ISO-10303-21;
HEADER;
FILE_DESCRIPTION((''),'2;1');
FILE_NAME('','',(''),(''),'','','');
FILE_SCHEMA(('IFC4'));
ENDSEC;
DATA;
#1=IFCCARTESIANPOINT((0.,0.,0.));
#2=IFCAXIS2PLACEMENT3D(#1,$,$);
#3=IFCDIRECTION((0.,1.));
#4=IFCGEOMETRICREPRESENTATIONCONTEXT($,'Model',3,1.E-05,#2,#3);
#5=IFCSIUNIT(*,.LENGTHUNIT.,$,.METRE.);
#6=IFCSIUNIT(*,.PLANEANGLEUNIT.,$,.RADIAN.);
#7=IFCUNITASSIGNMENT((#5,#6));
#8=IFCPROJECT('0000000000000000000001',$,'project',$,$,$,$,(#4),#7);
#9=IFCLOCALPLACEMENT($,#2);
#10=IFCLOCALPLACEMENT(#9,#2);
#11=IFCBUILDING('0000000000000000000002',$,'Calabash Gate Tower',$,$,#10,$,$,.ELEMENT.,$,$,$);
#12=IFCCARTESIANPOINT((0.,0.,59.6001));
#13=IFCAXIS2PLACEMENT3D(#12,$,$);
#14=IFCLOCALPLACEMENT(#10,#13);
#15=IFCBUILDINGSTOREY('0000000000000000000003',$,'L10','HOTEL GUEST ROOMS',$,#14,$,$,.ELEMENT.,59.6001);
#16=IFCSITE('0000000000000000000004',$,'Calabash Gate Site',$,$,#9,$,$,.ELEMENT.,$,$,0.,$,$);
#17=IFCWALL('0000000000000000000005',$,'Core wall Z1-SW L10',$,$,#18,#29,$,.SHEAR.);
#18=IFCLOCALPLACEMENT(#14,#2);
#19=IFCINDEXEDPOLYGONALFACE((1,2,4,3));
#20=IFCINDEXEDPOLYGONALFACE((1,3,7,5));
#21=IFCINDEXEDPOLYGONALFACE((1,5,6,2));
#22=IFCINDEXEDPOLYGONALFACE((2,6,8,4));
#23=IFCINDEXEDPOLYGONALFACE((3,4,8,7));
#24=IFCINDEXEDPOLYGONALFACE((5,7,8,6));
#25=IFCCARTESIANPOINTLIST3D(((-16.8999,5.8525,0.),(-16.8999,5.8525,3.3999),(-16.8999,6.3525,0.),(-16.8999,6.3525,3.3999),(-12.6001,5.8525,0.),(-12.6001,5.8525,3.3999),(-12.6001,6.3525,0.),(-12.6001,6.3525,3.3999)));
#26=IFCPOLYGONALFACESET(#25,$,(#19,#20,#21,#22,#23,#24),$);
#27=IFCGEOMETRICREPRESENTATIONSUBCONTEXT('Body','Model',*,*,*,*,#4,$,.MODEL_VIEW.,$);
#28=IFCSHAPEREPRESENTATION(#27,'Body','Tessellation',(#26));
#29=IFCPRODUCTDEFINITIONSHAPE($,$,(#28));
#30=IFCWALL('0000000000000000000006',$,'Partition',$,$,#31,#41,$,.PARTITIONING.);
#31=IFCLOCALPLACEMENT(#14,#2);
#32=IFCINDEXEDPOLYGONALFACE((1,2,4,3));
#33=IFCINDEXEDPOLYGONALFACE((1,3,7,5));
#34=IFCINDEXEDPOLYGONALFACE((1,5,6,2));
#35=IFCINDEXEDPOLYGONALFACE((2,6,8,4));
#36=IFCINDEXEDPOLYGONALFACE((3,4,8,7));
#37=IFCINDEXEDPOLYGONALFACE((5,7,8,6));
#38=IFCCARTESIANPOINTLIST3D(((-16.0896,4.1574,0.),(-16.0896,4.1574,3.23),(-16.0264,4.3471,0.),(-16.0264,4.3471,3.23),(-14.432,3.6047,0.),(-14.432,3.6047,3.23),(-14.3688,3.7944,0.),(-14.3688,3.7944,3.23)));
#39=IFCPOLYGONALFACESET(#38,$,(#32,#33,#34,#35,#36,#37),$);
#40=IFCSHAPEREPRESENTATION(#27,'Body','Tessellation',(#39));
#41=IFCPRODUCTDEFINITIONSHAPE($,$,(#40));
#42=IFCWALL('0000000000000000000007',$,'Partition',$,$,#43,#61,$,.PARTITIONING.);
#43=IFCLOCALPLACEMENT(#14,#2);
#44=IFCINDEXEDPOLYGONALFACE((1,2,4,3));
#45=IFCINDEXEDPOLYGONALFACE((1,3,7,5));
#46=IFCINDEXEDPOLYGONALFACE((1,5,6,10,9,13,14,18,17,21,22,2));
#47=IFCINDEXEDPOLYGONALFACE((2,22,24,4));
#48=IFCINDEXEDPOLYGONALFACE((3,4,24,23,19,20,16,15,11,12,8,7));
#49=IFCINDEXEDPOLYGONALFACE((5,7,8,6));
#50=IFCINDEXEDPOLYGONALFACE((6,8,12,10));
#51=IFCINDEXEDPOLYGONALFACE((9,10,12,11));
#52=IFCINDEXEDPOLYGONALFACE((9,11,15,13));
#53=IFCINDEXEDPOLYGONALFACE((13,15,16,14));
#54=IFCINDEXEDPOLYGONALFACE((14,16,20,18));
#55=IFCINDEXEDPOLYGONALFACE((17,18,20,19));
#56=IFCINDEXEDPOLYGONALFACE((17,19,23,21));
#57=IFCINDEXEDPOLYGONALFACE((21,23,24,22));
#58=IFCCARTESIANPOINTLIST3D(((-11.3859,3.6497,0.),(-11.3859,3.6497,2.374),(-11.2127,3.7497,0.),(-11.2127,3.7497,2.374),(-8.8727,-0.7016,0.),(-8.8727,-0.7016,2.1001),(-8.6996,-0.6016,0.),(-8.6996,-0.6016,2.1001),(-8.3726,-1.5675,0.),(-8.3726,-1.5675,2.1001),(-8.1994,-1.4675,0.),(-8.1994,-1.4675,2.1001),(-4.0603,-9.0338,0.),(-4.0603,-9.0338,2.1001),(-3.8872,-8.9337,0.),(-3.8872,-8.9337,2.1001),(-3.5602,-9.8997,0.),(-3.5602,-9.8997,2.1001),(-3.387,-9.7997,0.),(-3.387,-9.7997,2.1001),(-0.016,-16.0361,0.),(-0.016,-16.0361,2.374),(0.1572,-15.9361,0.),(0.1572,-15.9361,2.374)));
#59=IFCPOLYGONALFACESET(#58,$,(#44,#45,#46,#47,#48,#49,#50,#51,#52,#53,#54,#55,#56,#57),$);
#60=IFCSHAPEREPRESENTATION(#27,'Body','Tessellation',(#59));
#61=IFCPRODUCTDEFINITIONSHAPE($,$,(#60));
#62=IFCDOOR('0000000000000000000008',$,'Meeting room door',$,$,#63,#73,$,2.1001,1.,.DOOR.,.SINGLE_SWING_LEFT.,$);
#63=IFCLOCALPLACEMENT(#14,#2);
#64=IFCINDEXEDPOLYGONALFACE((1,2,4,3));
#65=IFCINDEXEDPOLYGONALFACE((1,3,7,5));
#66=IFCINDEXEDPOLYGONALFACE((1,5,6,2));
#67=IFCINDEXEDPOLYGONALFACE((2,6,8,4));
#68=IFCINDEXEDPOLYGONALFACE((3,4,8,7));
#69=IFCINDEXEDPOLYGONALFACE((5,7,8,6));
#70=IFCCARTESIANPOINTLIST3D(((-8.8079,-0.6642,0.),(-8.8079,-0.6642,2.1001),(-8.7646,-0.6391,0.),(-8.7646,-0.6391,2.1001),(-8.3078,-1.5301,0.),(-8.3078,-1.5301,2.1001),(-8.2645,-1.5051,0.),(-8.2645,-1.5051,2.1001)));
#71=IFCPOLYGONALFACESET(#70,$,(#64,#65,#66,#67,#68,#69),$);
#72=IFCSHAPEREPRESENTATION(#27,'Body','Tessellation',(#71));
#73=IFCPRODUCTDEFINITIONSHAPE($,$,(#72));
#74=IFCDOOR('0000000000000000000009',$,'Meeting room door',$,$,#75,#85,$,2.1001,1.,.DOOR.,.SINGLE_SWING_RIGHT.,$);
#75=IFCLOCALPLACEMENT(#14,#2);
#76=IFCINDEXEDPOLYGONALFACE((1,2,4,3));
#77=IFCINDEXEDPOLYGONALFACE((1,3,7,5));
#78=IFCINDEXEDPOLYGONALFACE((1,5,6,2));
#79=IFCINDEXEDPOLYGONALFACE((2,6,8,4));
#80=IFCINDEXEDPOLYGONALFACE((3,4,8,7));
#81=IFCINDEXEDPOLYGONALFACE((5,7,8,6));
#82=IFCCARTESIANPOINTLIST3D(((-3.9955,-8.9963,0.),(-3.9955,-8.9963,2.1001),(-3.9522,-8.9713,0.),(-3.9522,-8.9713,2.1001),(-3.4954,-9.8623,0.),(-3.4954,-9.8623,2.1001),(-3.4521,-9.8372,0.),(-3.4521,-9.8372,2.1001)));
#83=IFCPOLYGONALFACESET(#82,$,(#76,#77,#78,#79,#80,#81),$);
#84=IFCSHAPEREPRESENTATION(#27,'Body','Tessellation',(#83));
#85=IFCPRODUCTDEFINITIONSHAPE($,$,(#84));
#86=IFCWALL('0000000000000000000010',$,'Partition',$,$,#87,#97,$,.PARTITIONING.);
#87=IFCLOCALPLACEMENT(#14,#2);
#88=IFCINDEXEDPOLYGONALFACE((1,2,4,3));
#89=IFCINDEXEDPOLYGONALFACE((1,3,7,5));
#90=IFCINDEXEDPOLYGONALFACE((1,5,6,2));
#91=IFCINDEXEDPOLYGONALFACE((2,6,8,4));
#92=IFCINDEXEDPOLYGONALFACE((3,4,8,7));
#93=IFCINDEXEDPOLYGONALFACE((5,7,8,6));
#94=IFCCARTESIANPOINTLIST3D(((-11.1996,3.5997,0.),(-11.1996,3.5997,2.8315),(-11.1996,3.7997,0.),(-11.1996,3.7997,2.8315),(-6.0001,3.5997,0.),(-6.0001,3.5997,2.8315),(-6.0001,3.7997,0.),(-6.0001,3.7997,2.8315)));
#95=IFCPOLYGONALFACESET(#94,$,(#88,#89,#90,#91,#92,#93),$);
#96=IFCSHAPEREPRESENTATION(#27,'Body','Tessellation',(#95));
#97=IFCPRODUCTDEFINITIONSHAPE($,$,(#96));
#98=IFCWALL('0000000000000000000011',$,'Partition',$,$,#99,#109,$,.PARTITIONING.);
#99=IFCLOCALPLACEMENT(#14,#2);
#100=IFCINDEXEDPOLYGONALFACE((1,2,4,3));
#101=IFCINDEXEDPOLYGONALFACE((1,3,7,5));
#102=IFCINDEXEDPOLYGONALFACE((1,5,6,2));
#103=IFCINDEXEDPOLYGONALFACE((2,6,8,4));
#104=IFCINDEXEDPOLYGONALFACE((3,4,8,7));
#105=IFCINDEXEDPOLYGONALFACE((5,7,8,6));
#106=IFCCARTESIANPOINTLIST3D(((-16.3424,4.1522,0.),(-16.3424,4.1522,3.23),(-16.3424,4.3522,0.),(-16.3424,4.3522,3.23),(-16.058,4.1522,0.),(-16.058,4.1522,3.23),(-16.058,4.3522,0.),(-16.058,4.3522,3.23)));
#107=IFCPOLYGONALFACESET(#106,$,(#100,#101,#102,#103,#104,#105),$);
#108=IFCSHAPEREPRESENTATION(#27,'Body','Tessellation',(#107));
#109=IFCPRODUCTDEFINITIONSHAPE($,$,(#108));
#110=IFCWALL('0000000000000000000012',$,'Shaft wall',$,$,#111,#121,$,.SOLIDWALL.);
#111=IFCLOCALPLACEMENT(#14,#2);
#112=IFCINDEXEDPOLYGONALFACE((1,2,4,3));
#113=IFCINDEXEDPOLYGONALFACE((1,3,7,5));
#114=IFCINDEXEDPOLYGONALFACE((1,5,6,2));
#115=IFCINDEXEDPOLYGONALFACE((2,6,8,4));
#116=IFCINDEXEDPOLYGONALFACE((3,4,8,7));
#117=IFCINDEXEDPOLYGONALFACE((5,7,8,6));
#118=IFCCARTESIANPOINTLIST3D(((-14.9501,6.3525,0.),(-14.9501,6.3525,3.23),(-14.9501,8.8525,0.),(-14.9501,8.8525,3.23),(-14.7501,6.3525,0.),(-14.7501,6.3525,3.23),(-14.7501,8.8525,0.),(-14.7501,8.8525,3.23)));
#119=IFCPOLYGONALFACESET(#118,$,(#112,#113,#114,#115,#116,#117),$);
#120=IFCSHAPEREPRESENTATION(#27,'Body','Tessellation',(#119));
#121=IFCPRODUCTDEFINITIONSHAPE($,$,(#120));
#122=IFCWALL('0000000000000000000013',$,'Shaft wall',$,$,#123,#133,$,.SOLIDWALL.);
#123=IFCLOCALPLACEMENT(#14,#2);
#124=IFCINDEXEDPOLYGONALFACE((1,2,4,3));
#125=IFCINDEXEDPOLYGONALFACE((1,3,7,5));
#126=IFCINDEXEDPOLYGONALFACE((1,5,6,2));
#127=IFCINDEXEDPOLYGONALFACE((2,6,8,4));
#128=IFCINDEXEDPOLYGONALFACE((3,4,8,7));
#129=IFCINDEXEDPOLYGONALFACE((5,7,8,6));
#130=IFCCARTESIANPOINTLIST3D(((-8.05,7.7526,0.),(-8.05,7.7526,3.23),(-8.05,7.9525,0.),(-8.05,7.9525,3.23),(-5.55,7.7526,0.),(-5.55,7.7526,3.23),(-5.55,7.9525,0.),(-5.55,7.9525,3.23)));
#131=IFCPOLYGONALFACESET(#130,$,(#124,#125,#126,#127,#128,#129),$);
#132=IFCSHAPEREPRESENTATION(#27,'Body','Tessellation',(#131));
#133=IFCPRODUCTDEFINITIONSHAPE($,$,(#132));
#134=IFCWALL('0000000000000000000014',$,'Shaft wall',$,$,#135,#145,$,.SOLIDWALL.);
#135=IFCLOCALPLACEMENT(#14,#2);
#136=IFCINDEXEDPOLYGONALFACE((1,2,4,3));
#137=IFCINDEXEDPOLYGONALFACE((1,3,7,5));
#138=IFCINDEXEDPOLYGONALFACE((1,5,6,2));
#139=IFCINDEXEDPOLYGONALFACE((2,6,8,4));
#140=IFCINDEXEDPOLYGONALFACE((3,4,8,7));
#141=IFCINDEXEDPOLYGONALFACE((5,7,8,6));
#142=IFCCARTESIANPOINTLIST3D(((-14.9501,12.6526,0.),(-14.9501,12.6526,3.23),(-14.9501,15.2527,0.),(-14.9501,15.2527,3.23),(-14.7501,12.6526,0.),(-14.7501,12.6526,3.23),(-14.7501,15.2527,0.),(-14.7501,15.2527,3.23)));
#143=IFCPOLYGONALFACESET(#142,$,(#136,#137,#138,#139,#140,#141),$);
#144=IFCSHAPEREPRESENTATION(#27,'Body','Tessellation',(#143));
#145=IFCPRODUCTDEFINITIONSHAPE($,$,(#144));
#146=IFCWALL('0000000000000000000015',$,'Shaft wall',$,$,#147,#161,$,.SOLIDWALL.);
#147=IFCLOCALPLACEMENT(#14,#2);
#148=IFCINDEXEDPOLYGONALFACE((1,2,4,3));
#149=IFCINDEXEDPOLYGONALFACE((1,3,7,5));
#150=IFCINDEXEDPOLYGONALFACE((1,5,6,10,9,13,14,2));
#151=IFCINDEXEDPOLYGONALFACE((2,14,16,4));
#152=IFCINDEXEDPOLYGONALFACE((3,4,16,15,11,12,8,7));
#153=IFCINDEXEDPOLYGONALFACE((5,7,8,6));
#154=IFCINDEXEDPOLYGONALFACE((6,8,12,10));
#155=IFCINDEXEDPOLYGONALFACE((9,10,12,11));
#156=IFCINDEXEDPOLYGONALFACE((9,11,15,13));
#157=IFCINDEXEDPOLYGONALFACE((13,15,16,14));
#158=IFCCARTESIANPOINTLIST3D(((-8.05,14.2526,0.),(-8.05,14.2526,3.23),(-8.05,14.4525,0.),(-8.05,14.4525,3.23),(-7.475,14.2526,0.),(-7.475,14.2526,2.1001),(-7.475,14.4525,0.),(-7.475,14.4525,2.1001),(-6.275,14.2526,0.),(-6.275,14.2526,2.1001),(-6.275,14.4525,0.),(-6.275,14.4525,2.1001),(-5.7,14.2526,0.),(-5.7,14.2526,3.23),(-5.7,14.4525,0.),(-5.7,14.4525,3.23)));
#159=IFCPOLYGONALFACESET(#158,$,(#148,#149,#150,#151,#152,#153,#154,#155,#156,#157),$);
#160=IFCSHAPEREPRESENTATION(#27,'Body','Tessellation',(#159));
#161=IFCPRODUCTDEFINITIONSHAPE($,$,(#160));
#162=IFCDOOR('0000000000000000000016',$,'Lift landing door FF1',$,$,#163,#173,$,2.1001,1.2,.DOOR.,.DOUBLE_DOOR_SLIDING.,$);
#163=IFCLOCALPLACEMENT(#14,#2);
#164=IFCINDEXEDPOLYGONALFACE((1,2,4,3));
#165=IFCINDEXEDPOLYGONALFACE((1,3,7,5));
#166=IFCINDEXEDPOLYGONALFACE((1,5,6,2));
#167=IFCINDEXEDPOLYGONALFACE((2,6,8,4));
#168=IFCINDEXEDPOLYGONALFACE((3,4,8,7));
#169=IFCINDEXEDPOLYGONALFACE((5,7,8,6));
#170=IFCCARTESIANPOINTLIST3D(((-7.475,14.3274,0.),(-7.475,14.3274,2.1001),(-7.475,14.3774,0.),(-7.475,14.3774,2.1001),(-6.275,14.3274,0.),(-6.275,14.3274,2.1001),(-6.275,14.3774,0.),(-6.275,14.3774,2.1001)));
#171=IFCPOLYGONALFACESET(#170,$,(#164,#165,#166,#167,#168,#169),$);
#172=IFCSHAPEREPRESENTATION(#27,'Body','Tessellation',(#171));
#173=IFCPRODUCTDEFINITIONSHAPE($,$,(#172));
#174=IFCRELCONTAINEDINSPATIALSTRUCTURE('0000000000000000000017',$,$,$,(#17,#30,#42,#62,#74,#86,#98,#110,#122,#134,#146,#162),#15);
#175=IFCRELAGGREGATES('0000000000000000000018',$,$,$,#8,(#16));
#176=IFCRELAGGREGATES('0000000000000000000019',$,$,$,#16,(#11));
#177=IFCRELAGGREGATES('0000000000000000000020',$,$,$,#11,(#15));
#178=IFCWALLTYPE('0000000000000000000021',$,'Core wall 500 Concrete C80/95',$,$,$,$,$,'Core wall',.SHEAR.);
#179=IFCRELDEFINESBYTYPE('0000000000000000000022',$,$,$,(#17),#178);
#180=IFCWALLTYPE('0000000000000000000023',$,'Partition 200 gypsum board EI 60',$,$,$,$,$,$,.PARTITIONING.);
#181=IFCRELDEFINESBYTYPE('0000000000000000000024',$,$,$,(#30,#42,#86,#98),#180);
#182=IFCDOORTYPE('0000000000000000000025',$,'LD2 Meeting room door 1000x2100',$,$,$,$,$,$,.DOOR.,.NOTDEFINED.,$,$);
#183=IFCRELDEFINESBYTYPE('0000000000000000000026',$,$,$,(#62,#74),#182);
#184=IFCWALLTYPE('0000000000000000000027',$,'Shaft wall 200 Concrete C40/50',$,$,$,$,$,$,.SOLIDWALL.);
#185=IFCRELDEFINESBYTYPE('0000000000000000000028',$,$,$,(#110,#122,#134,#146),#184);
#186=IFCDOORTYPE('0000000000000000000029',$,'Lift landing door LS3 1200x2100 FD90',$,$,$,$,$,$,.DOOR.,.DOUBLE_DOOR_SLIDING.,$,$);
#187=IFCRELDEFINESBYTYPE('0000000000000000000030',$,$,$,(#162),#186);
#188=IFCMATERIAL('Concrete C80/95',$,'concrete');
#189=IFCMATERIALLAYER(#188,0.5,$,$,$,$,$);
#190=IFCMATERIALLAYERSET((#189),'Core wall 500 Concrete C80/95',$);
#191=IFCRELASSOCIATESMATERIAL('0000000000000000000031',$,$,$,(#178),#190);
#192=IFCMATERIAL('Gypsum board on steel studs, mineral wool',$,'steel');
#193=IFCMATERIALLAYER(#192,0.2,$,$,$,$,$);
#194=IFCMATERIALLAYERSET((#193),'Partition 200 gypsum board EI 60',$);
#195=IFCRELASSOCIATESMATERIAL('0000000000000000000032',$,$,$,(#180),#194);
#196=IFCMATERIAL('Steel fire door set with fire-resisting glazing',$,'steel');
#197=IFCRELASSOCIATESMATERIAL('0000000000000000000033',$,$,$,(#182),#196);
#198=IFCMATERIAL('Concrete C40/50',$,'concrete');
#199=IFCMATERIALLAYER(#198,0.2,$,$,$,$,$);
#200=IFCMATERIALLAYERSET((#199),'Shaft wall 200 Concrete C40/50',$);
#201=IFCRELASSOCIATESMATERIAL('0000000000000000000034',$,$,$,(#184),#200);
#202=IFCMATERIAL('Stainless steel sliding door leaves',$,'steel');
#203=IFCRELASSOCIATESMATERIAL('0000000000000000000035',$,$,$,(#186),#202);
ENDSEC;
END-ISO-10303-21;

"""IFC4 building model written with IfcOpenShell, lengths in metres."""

from ifc_helpers import new_model, si_unit, direction, frame, frame_2d, origin, place, context, subcontext, project, spatial, rectangle, extrude, material, layer, layer_set, type_object, element, fill, save


model = new_model("IFC4")

# Units and contexts
model_context = context("Model", 3, precision=1e-05, world=origin(), true_north=direction((0.0, 1.0)))
body_context = subcontext(model_context, "Body", "Model", "MODEL_VIEW")
ifc_project = project(units=[si_unit("LENGTHUNIT", "METRE"), si_unit("PLANEANGLEUNIT", "RADIAN")], contexts=[model_context])

# Site, building, storey
site_placement = place(None, origin())
site = spatial("IfcSite", under=ifc_project, at=site_placement, Name="Calabash Gate Site", CompositionType="ELEMENT", RefElevation=0.0)
building_placement = place(site_placement, origin())
building = spatial("IfcBuilding", under=site, at=building_placement, Name="Calabash Gate Tower", CompositionType="ELEMENT")
storey_placement = place(building_placement, frame((0.0, 0.0, 59.6001)))
storey = spatial("IfcBuildingStorey", under=building, at=storey_placement, Name="L10", Description="HOTEL GUEST ROOMS", CompositionType="ELEMENT", Elevation=59.6001)

# Shared definitions
ifc_material_1 = material(Name="Concrete C80/95", Category="concrete")
ifc_layer_1 = layer(ifc_material_1, 0.5)
ifc_layer_set_1 = layer_set([ifc_layer_1], Name="Core wall 500 Concrete C80/95")
wall_type_1 = type_object("IfcWallType", Name="Core wall 500 Concrete C80/95", ElementType="Core wall", PredefinedType="SHEAR", material=ifc_layer_set_1)

# Walls
wall_1_placement = place(storey_placement, frame((-12.6001, 6.1025, 0.0), z_axis=(0.0, 0.0, 1.0), x_axis=(-1.0, 0.0, 0.0)))
element("IfcWall", 1, at=wall_1_placement, inside=storey, type_object=wall_type_1, Name="Core wall Z1-SW L10", PredefinedType="SHEAR", context=body_context, shape_type="SweptSolid", body=[
    extrude(rectangle(XDim=4.2998, YDim=0.5, at=frame_2d((2.1499, 0.0))), origin(), (0.0, 0.0, 1.0), 3.3999),
])
ifc_material_2 = material(Name="Gypsum board on steel studs, mineral wool", Category="steel")
ifc_layer_2 = layer(ifc_material_2, 0.2)
ifc_layer_set_2 = layer_set([ifc_layer_2], Name="Partition 200 gypsum board EI 60")
wall_type_2 = type_object("IfcWallType", Name="Partition 200 gypsum board EI 60", PredefinedType="PARTITIONING", material=ifc_layer_set_2)
wall_2_placement = place(storey_placement, frame((-16.0579, 4.2522, 0.0), z_axis=(0.0, 0.0, 1.0), x_axis=(0.948655, -0.316312, 0.0)))
element("IfcWall", 2, at=wall_2_placement, inside=storey, type_object=wall_type_2, Name="Partition", PredefinedType="PARTITIONING", context=body_context, shape_type="SweptSolid", body=[
    extrude(rectangle(XDim=1.7473, YDim=0.2, at=frame_2d((0.8735, 0.0))), origin(), (0.0, 0.0, 1.0), 3.23),
])

# Wall, openings, doors
wall_3_placement = place(storey_placement, frame((-11.2993, 3.6997, 0.0), z_axis=(0.0, 0.0, 1.0), x_axis=(0.500141, -0.865944, 0.0)))
wall_3 = element("IfcWall", 3, at=wall_3_placement, inside=storey, type_object=wall_type_2, Name="Partition", PredefinedType="PARTITIONING", context=body_context, shape_type="SweptSolid", body=[
    extrude(rectangle(XDim=22.7334, YDim=0.2, at=frame_2d((11.3667, 0.0))), origin(), (0.0, 0.0, 1.0), 2.374),
])
opening_1_placement = place(wall_3_placement, frame((5.0249, 0.0, 0.0)))
opening_1 = element("IfcOpeningElement", 4, at=opening_1_placement, cuts=wall_3, PredefinedType="OPENING", context=body_context, shape_type="SweptSolid", body=[
    extrude(rectangle(XDim=1.0, YDim=2.1001, at=frame_2d((0.5, 1.05))), frame((0.0, 0.1099, 0.0), z_axis=(0.0, -1.0, 0.0), x_axis=(1.0, 0.0, 0.0)), (0.0, 0.0, 1.0), 0.22),
])
opening_2_placement = place(wall_3_placement, frame((14.647, 0.0, 0.0)))
opening_2 = element("IfcOpeningElement", 5, at=opening_2_placement, cuts=wall_3, PredefinedType="OPENING", context=body_context, shape_type="SweptSolid", body=[
    extrude(rectangle(XDim=1.0, YDim=2.1001, at=frame_2d((0.5, 1.05))), frame((0.0, 0.1099, 0.0), z_axis=(0.0, -1.0, 0.0), x_axis=(1.0, 0.0, 0.0)), (0.0, 0.0, 1.0), 0.22),
])
ifc_material_3 = material(Name="Steel fire door set with fire-resisting glazing", Category="steel")
door_type_1 = type_object("IfcDoorType", Name="LD2 Meeting room door 1000x2100", OperationType="NOTDEFINED", PredefinedType="DOOR", material=ifc_material_3)
door_1_placement = place(opening_1_placement, origin())
door_1 = element("IfcDoor", 6, at=door_1_placement, inside=storey, type_object=door_type_1, Name="Meeting room door", OperationType="SINGLE_SWING_LEFT", OverallHeight=2.1001, OverallWidth=1.0, PredefinedType="DOOR", context=body_context, shape_type="SweptSolid", body=[
    extrude(rectangle(XDim=1.0, YDim=2.1001, at=frame_2d((0.5, 1.05))), frame((0.0, 0.0249, 0.0), z_axis=(0.0, -1.0, 0.0), x_axis=(1.0, 0.0, 0.0)), (0.0, 0.0, 1.0), 0.05),
])
fill(opening_1, door_1)
door_2_placement = place(opening_2_placement, origin())
door_2 = element("IfcDoor", 7, at=door_2_placement, inside=storey, type_object=door_type_1, Name="Meeting room door", OperationType="SINGLE_SWING_RIGHT", OverallHeight=2.1001, OverallWidth=1.0, PredefinedType="DOOR", context=body_context, shape_type="SweptSolid", body=[
    extrude(rectangle(XDim=1.0, YDim=2.1001, at=frame_2d((0.5, 1.05))), frame((0.0, 0.0249, 0.0), z_axis=(0.0, -1.0, 0.0), x_axis=(1.0, 0.0, 0.0)), (0.0, 0.0, 1.0), 0.05),
])
fill(opening_2, door_2)

# Walls
wall_4_placement = place(storey_placement, frame((-11.1995, 3.6997, 0.0), z_axis=(0.0, 0.0, 1.0), x_axis=(1.0, 0.0, 0.0)))
element("IfcWall", 8, at=wall_4_placement, inside=storey, type_object=wall_type_2, Name="Partition", PredefinedType="PARTITIONING", context=body_context, shape_type="SweptSolid", body=[
    extrude(rectangle(XDim=5.1995, YDim=0.2, at=frame_2d((2.5996, 0.0))), origin(), (0.0, 0.0, 1.0), 2.8315),
])
wall_5_placement = place(storey_placement, frame((-16.3423, 4.2522, 0.0), z_axis=(0.0, 0.0, 1.0), x_axis=(1.0, 0.0, 0.0)))
element("IfcWall", 9, at=wall_5_placement, inside=storey, type_object=wall_type_2, Name="Partition", PredefinedType="PARTITIONING", context=body_context, shape_type="SweptSolid", body=[
    extrude(rectangle(XDim=0.2844, YDim=0.2, at=frame_2d((0.1421, 0.0))), origin(), (0.0, 0.0, 1.0), 3.23),
])
ifc_material_4 = material(Name="Concrete C40/50", Category="concrete")
ifc_layer_3 = layer(ifc_material_4, 0.2)
ifc_layer_set_3 = layer_set([ifc_layer_3], Name="Shaft wall 200 Concrete C40/50")
wall_type_3 = type_object("IfcWallType", Name="Shaft wall 200 Concrete C40/50", PredefinedType="SOLIDWALL", material=ifc_layer_set_3)
for number, where, z_axis, x_axis, name in (
    (10, (-14.8501, 6.3525, 0.0), (0.0, 0.0, 1.0), (0.0, 1.0, 0.0), "Shaft wall"),
    (11, (-8.05, 7.8525, 0.0), (0.0, 0.0, 1.0), (1.0, 0.0, 0.0), "Shaft wall"),
):
    element("IfcWall", number, at=place(storey_placement, frame(where, z_axis=z_axis, x_axis=x_axis)), inside=storey, type_object=wall_type_3, Name=name, PredefinedType="SOLIDWALL", context=body_context, shape_type="SweptSolid", body=[
        extrude(rectangle(XDim=2.5, YDim=0.2, at=frame_2d((1.25, 0.0))), origin(), (0.0, 0.0, 1.0), 3.23),
    ])
wall_6_placement = place(storey_placement, frame((-14.8501, 12.6526, 0.0), z_axis=(0.0, 0.0, 1.0), x_axis=(0.0, 1.0, 0.0)))
element("IfcWall", 12, at=wall_6_placement, inside=storey, type_object=wall_type_3, Name="Shaft wall", PredefinedType="SOLIDWALL", context=body_context, shape_type="SweptSolid", body=[
    extrude(rectangle(XDim=2.6001, YDim=0.2, at=frame_2d((1.3, 0.0))), origin(), (0.0, 0.0, 1.0), 3.23),
])

# Wall, opening, door
wall_7_placement = place(storey_placement, frame((-8.05, 14.3525, 0.0), z_axis=(0.0, 0.0, 1.0), x_axis=(1.0, 0.0, 0.0)))
wall_7 = element("IfcWall", 13, at=wall_7_placement, inside=storey, type_object=wall_type_3, Name="Shaft wall", PredefinedType="SOLIDWALL", context=body_context, shape_type="SweptSolid", body=[
    extrude(rectangle(XDim=2.3501, YDim=0.2, at=frame_2d((1.175, 0.0))), origin(), (0.0, 0.0, 1.0), 3.23),
])
opening_3_placement = place(wall_7_placement, frame((0.575, 0.0, 0.0)))
opening_3 = element("IfcOpeningElement", 14, at=opening_3_placement, cuts=wall_7, PredefinedType="OPENING", context=body_context, shape_type="SweptSolid", body=[
    extrude(rectangle(XDim=1.2, YDim=2.1001, at=frame_2d((0.6001, 1.05))), frame((0.0, 0.1099, 0.0), z_axis=(0.0, -1.0, 0.0), x_axis=(1.0, 0.0, 0.0)), (0.0, 0.0, 1.0), 0.22),
])
ifc_material_5 = material(Name="Stainless steel sliding door leaves", Category="steel")
door_type_2 = type_object("IfcDoorType", Name="Lift landing door LS3 1200x2100 FD90", OperationType="DOUBLE_DOOR_SLIDING", PredefinedType="DOOR", material=ifc_material_5)
door_3_placement = place(opening_3_placement, origin())
door_3 = element("IfcDoor", 15, at=door_3_placement, inside=storey, type_object=door_type_2, Name="Lift landing door FF1", OperationType="DOUBLE_DOOR_SLIDING", OverallHeight=2.1001, OverallWidth=1.2, PredefinedType="DOOR", context=body_context, shape_type="SweptSolid", body=[
    extrude(rectangle(XDim=1.2, YDim=2.1001, at=frame_2d((0.6001, 1.05))), frame((0.0, 0.0249, 0.0), z_axis=(0.0, -1.0, 0.0), x_axis=(1.0, 0.0, 0.0)), (0.0, 0.0, 1.0), 0.05),
])
fill(opening_3, door_3)

save(model, "model.ifc")
